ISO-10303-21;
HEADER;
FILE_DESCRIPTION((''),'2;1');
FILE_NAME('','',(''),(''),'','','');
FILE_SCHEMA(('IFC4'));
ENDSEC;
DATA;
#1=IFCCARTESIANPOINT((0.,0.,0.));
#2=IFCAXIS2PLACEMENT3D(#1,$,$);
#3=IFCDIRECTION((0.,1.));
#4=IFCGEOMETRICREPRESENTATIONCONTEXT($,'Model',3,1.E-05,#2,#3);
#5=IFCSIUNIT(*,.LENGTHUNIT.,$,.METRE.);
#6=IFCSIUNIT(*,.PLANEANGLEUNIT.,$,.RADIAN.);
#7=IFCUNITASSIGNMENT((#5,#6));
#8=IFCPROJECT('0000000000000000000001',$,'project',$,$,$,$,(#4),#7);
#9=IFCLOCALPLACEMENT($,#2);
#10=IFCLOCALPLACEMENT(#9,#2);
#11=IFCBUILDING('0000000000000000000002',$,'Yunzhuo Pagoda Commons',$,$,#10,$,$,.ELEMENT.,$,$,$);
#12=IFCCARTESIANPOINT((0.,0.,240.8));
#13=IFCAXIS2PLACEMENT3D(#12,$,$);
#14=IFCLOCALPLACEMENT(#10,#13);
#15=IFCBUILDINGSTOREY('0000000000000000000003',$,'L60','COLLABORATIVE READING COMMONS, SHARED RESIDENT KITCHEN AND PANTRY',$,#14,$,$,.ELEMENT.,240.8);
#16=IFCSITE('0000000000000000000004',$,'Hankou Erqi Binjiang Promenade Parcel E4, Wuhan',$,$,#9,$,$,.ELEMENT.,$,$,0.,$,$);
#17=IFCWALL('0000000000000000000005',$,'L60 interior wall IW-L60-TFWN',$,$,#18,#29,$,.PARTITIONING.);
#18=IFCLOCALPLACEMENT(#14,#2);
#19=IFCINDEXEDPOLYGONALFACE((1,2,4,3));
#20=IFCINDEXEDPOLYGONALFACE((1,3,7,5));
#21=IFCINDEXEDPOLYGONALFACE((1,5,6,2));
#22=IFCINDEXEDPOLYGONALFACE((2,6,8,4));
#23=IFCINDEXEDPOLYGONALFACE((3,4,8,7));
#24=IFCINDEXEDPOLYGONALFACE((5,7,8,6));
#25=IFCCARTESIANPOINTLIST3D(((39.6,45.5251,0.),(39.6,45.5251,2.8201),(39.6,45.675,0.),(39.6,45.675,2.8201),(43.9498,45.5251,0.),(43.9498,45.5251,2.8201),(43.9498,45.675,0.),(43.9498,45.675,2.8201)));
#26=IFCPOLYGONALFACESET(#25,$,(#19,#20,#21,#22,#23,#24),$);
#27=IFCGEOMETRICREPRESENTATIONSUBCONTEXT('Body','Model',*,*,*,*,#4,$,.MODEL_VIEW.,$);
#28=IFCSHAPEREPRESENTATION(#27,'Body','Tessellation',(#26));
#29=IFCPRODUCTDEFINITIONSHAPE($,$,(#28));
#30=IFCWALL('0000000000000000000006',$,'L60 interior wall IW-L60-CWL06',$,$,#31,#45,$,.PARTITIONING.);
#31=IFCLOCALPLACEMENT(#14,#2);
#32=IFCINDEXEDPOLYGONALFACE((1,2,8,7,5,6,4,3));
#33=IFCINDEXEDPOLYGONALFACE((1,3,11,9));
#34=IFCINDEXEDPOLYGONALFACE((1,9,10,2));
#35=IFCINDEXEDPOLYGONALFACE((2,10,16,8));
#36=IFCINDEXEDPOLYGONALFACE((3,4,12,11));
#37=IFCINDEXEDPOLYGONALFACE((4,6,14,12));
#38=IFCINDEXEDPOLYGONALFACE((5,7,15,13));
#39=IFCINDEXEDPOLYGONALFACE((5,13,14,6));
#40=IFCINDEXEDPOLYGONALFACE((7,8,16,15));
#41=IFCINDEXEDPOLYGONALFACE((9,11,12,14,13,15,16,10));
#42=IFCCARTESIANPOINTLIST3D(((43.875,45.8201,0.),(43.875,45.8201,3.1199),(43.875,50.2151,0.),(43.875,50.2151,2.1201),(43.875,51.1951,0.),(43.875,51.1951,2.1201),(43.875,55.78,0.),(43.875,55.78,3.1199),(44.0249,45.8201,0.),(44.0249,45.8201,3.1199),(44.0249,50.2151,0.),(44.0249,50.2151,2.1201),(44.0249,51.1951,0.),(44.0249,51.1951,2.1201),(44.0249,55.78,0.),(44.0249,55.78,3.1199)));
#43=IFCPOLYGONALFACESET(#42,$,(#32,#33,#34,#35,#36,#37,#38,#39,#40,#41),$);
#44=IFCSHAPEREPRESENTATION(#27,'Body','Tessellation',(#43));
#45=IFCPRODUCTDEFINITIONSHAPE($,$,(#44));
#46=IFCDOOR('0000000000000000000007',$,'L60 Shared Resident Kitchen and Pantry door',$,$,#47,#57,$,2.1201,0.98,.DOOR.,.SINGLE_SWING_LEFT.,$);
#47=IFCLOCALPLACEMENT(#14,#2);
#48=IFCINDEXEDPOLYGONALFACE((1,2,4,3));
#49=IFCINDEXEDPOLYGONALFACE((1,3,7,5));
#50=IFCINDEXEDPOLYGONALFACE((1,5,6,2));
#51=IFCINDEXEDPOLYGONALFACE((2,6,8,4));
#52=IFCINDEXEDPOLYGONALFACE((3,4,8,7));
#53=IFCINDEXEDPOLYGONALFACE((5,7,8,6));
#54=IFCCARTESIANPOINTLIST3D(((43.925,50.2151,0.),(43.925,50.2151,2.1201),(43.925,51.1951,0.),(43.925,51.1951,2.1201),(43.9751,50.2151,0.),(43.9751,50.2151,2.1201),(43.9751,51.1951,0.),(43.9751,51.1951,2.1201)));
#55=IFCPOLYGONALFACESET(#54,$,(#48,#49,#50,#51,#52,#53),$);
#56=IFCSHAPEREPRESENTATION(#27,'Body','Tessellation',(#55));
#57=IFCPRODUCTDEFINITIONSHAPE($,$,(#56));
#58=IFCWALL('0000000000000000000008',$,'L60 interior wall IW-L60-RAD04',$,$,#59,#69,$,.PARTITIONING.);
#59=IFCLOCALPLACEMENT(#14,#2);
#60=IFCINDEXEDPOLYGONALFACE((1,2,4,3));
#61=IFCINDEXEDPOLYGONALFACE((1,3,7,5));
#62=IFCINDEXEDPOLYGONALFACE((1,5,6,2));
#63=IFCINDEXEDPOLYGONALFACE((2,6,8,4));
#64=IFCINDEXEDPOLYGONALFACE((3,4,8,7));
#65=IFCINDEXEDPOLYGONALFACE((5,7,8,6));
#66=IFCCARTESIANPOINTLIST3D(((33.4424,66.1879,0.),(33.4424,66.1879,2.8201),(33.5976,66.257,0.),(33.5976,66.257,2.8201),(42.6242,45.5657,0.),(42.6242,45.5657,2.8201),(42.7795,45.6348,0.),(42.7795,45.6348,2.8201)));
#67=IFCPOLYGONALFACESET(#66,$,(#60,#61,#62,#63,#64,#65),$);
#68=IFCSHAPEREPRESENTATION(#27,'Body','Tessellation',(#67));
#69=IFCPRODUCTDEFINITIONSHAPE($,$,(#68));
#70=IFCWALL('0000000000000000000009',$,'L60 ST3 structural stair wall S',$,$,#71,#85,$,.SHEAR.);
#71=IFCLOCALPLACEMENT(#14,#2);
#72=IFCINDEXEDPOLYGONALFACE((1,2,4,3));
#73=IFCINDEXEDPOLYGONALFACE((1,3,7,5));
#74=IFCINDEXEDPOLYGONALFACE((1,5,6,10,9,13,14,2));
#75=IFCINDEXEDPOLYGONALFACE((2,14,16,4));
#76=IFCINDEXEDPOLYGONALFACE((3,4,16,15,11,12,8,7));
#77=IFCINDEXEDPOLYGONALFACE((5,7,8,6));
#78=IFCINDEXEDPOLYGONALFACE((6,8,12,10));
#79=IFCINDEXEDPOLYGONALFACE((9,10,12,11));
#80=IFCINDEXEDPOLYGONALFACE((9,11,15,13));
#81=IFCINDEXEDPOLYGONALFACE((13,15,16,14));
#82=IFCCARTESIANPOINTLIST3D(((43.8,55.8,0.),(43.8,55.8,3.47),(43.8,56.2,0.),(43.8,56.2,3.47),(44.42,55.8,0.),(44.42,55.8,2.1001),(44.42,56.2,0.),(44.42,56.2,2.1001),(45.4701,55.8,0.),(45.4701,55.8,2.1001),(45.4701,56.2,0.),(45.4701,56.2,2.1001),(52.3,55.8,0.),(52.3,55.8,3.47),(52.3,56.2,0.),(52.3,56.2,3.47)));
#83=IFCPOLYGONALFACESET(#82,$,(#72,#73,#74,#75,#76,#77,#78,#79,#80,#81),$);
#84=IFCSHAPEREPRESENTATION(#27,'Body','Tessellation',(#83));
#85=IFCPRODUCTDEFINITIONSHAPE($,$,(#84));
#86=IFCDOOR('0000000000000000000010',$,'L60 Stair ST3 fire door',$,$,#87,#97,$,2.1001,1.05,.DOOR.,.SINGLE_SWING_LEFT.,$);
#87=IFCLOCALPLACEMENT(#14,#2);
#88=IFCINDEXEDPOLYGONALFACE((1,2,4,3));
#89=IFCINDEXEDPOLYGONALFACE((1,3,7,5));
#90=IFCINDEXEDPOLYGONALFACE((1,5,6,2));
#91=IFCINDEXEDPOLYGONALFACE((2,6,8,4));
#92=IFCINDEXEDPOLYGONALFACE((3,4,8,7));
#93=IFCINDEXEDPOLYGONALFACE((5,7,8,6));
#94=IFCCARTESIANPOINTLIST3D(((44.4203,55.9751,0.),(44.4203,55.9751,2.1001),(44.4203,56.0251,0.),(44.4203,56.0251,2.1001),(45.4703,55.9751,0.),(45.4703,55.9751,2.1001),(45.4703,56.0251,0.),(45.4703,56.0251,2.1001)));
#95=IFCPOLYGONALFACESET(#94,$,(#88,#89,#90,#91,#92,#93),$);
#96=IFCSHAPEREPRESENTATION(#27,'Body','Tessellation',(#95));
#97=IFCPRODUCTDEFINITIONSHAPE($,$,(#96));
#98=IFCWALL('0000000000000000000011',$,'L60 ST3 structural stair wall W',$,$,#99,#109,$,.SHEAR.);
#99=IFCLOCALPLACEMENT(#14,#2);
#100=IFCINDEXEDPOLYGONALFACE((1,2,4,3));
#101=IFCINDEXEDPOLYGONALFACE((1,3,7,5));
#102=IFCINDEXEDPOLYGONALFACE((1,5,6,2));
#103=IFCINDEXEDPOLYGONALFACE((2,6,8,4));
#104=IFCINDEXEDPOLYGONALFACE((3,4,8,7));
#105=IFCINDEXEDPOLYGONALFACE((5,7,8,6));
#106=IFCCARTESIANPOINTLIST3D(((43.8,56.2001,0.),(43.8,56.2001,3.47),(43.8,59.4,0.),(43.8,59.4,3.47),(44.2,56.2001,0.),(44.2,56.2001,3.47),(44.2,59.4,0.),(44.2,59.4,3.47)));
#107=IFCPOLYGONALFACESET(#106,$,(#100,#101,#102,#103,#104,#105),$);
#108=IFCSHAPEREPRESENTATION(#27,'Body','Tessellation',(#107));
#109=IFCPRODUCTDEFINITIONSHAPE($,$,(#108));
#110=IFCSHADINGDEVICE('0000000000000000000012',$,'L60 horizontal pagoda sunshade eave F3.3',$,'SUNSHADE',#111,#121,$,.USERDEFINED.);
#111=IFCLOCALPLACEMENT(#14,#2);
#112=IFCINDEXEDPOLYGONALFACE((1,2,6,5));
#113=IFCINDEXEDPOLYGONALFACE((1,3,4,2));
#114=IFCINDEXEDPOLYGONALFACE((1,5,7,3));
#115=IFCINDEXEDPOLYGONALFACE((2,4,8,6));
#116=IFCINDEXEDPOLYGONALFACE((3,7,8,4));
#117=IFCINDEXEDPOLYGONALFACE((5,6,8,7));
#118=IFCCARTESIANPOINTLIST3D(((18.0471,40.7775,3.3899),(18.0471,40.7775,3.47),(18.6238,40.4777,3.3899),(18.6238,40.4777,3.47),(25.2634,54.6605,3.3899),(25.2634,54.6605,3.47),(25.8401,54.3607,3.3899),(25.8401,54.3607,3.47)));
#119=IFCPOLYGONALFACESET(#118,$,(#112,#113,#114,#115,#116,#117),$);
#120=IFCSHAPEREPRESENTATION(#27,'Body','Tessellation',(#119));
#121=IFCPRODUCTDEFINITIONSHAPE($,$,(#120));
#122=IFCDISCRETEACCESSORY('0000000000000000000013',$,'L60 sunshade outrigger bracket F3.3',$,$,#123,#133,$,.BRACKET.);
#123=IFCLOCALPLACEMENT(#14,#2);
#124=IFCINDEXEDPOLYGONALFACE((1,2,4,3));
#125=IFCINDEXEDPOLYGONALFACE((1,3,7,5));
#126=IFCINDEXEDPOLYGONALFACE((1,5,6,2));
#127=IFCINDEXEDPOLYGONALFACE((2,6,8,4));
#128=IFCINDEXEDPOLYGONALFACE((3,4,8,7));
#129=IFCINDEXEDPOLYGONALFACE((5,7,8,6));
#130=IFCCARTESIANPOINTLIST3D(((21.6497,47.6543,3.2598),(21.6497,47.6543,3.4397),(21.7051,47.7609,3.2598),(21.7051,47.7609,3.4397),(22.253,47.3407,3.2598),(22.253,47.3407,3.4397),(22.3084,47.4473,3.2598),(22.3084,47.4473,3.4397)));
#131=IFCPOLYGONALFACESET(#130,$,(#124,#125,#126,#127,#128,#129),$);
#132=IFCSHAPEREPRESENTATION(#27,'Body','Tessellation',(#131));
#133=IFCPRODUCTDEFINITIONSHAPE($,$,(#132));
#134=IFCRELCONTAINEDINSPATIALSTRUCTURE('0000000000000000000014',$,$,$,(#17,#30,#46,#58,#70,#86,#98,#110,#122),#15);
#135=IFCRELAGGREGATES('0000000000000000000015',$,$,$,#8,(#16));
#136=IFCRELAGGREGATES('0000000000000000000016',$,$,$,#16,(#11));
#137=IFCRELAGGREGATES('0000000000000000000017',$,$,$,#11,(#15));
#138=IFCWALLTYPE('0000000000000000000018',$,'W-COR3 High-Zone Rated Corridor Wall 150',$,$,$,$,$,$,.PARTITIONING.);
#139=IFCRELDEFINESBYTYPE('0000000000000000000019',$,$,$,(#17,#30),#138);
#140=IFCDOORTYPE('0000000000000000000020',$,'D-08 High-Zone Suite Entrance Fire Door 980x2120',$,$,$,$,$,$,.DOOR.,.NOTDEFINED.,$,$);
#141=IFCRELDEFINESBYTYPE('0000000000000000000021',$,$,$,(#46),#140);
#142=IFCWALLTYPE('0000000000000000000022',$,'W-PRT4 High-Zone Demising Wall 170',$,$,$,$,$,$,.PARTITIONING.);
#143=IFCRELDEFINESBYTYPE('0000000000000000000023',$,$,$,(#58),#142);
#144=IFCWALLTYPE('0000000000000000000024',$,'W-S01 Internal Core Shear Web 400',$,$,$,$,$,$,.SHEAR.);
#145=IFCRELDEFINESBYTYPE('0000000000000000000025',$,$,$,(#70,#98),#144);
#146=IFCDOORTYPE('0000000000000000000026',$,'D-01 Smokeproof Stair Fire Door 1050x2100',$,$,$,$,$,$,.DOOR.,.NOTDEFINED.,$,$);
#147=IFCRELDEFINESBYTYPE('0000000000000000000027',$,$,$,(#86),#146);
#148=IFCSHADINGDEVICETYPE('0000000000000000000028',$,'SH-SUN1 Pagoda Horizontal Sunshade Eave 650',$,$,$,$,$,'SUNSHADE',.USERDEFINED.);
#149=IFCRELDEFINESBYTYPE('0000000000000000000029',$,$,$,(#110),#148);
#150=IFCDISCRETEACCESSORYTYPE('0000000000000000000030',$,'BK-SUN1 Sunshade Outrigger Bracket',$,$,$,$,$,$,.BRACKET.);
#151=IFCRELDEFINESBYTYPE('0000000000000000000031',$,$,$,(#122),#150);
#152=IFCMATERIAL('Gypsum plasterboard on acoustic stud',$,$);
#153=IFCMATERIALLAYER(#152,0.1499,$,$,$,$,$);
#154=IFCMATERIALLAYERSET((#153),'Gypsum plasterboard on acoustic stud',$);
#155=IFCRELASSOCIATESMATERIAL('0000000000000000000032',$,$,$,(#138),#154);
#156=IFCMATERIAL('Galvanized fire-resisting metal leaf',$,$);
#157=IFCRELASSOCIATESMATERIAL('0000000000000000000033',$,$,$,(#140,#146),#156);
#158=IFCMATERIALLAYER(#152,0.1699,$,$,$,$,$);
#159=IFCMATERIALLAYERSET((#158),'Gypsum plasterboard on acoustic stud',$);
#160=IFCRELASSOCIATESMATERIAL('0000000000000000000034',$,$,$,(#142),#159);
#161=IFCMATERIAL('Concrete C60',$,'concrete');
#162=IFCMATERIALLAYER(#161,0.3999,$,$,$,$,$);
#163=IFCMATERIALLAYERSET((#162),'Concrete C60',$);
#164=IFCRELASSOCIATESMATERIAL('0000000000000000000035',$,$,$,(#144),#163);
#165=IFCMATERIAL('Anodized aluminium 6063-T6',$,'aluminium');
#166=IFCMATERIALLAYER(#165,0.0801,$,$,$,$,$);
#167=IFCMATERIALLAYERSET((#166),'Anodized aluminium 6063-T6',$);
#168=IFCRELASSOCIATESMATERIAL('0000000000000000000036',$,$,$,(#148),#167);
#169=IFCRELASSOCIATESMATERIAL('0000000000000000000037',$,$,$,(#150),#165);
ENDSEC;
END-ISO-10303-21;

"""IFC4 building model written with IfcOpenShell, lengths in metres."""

from ifc_helpers import new_model, si_unit, direction, frame, frame_2d, origin, origin_with_axes, origin_2d, place, context, subcontext, project, spatial, rectangle, extrude, source, transform, mapped, material, layer, layer_set, type_object, element, fill, save


model = new_model("IFC4")

# Units and contexts
model_context = context("Model", 3, precision=1e-05, world=origin(), true_north=direction((0.0, 1.0)))
body_context = subcontext(model_context, "Body", "Model", "MODEL_VIEW")
ifc_project = project(units=[si_unit("LENGTHUNIT", "METRE"), si_unit("PLANEANGLEUNIT", "RADIAN")], contexts=[model_context])

# Site, building, storey
site_placement = place(None, origin())
site = spatial("IfcSite", under=ifc_project, at=site_placement, Name="Hankou Erqi Binjiang Promenade Parcel E4, Wuhan", CompositionType="ELEMENT", RefElevation=0.0)
building_placement = place(site_placement, origin())
building = spatial("IfcBuilding", under=site, at=building_placement, Name="Yunzhuo Pagoda Commons", CompositionType="ELEMENT")
storey_placement = place(building_placement, frame((0.0, 0.0, 240.8)))
storey = spatial("IfcBuildingStorey", under=building, at=storey_placement, Name="L60", Description="COLLABORATIVE READING COMMONS, SHARED RESIDENT KITCHEN AND PANTRY", CompositionType="ELEMENT", Elevation=240.8)

# Shared definitions
ifc_material_1 = material(Name="Anodized aluminium 6063-T6", Category="aluminium")

# Wall
ifc_material_2 = material(Name="Gypsum plasterboard on acoustic stud")
ifc_layer_1 = layer(ifc_material_2, 0.1499)
ifc_layer_set_1 = layer_set([ifc_layer_1], Name="Gypsum plasterboard on acoustic stud")
wall_type_1 = type_object("IfcWallType", Name="W-COR3 High-Zone Rated Corridor Wall 150", PredefinedType="PARTITIONING", material=ifc_layer_set_1)
wall_1_placement = place(storey_placement, frame((39.6001, 45.6001, 0.0), z_axis=(0.0, 0.0, 1.0), x_axis=(1.0, 0.0, 0.0)))
element("IfcWall", 1, at=wall_1_placement, inside=storey, type_object=wall_type_1, Name="L60 interior wall IW-L60-TFWN", PredefinedType="PARTITIONING", context=body_context, shape_type="SweptSolid", body=[
    extrude(rectangle(XDim=4.3499, YDim=0.1499, at=frame_2d((2.1748, 0.0))), origin(), (0.0, 0.0, 1.0), 2.8201),
])

# Wall, opening, door
wall_2_placement = place(storey_placement, frame((43.95, 45.8201, 0.0), z_axis=(0.0, 0.0, 1.0), x_axis=(0.0, 1.0, 0.0)))
wall_2 = element("IfcWall", 2, at=wall_2_placement, inside=storey, type_object=wall_type_1, Name="L60 interior wall IW-L60-CWL06", PredefinedType="PARTITIONING", context=body_context, shape_type="SweptSolid", body=[
    extrude(rectangle(XDim=9.96, YDim=0.1499, at=frame_2d((4.98, 0.0))), origin(), (0.0, 0.0, 1.0), 3.1199),
])
opening_1_placement = place(wall_2_placement, frame((4.395, 0.0, 0.0)))
opening_1 = element("IfcOpeningElement", 3, at=opening_1_placement, cuts=wall_2, PredefinedType="OPENING", context=body_context, shape_type="SweptSolid", body=[
    extrude(rectangle(XDim=0.98, YDim=2.1201, at=frame_2d((0.49, 1.0601))), frame((0.0, 0.085, 0.0), z_axis=(0.0, -1.0, 0.0), x_axis=(1.0, 0.0, 0.0)), (0.0, 0.0, 1.0), 0.1699),
])
ifc_material_3 = material(Name="Galvanized fire-resisting metal leaf")
door_type_1 = type_object("IfcDoorType", Name="D-08 High-Zone Suite Entrance Fire Door 980x2120", OperationType="NOTDEFINED", PredefinedType="DOOR", material=ifc_material_3)
shared_shape_1 = source(origin(), body_context, "Body", "SweptSolid", [
    extrude(rectangle(XDim=0.98, YDim=2.1201, at=frame_2d((0.49, 1.0601))), frame((0.0, 0.0249, 0.0), z_axis=(0.0, -1.0, 0.0), x_axis=(1.0, 0.0, 0.0)), (0.0, 0.0, 1.0), 0.05),
])
door_1_placement = place(opening_1_placement, origin_with_axes())
door_1 = element("IfcDoor", 4, at=door_1_placement, inside=storey, type_object=door_type_1, Name="L60 Shared Resident Kitchen and Pantry door", OperationType="SINGLE_SWING_LEFT", OverallHeight=2.1201, OverallWidth=0.98, PredefinedType="DOOR", context=body_context, shape_type="MappedRepresentation", body=[
    mapped(shared_shape_1, transform((0.0, 0.0, 0.0), scale=1.0)),
])
fill(opening_1, door_1)

# Wall
ifc_layer_2 = layer(ifc_material_2, 0.1699)
ifc_layer_set_2 = layer_set([ifc_layer_2], Name="Gypsum plasterboard on acoustic stud")
wall_type_2 = type_object("IfcWallType", Name="W-PRT4 High-Zone Demising Wall 170", PredefinedType="PARTITIONING", material=ifc_layer_set_2)
wall_3_placement = place(storey_placement, frame((42.7019, 45.6001, 0.0), z_axis=(0.0, 0.0, 1.0), x_axis=(-0.406745, 0.913542, 0.0)))
element("IfcWall", 5, at=wall_3_placement, inside=storey, type_object=wall_type_2, Name="L60 interior wall IW-L60-RAD04", PredefinedType="PARTITIONING", context=body_context, shape_type="SweptSolid", body=[
    extrude(rectangle(XDim=22.574, YDim=0.1699, at=frame_2d((11.2871, 0.0))), origin(), (0.0, 0.0, 1.0), 2.8201),
])

# Wall, opening, door
ifc_material_4 = material(Name="Concrete C60", Category="concrete")
ifc_layer_3 = layer(ifc_material_4, 0.3999)
ifc_layer_set_3 = layer_set([ifc_layer_3], Name="Concrete C60")
wall_type_3 = type_object("IfcWallType", Name="W-S01 Internal Core Shear Web 400", PredefinedType="SHEAR", material=ifc_layer_set_3)
wall_4_placement = place(storey_placement, frame((43.8, 56.0, 0.0), z_axis=(0.0, 0.0, 1.0), x_axis=(1.0, 0.0, 0.0)))
wall_4 = element("IfcWall", 6, at=wall_4_placement, inside=storey, type_object=wall_type_3, Name="L60 ST3 structural stair wall S", PredefinedType="SHEAR", context=body_context, shape_type="SweptSolid", body=[
    extrude(rectangle(XDim=8.5, YDim=0.3999, at=frame_2d((4.25, 0.0))), origin(), (0.0, 0.0, 1.0), 3.47),
])
opening_2_placement = place(wall_4_placement, frame((0.6201, 0.0, 0.0)))
opening_2 = element("IfcOpeningElement", 7, at=opening_2_placement, cuts=wall_4, PredefinedType="OPENING", context=body_context, shape_type="SweptSolid", body=[
    extrude(rectangle(XDim=1.05, YDim=2.1001, at=frame_2d((0.5249, 1.05))), frame((0.0, 0.21, 0.0), z_axis=(0.0, -1.0, 0.0), x_axis=(1.0, 0.0, 0.0)), (0.0, 0.0, 1.0), 0.4199),
])
door_type_2 = type_object("IfcDoorType", Name="D-01 Smokeproof Stair Fire Door 1050x2100", OperationType="NOTDEFINED", PredefinedType="DOOR", material=ifc_material_3)
shared_shape_2 = source(origin(), body_context, "Body", "SweptSolid", [
    extrude(rectangle(XDim=1.05, YDim=2.1001, at=frame_2d((0.5249, 1.05))), frame((0.0, 0.0249, 0.0), z_axis=(0.0, -1.0, 0.0), x_axis=(1.0, 0.0, 0.0)), (0.0, 0.0, 1.0), 0.05),
])
door_2_placement = place(opening_2_placement, frame((1.05, 0.0, 0.0), z_axis=(0.0, 0.0, 1.0), x_axis=(-1.0, 0.0, 0.0)))
door_2 = element("IfcDoor", 8, at=door_2_placement, inside=storey, type_object=door_type_2, Name="L60 Stair ST3 fire door", OperationType="SINGLE_SWING_LEFT", OverallHeight=2.1001, OverallWidth=1.05, PredefinedType="DOOR", context=body_context, shape_type="MappedRepresentation", body=[
    mapped(shared_shape_2, transform((0.0, 0.0, 0.0), scale=1.0)),
])
fill(opening_2, door_2)

# Wall
wall_5_placement = place(storey_placement, frame((44.0, 56.2, 0.0), z_axis=(0.0, 0.0, 1.0), x_axis=(0.0, 1.0, 0.0)))
element("IfcWall", 9, at=wall_5_placement, inside=storey, type_object=wall_type_3, Name="L60 ST3 structural stair wall W", PredefinedType="SHEAR", context=body_context, shape_type="SweptSolid", body=[
    extrude(rectangle(XDim=3.2, YDim=0.3999, at=frame_2d((1.6001, 0.0))), origin(), (0.0, 0.0, 1.0), 3.47),
])

# Shading device
ifc_layer_4 = layer(ifc_material_1, 0.0801)
ifc_layer_set_4 = layer_set([ifc_layer_4], Name="Anodized aluminium 6063-T6")
shading_device_type = type_object("IfcShadingDeviceType", Name="SH-SUN1 Pagoda Horizontal Sunshade Eave 650", ElementType="SUNSHADE", PredefinedType="USERDEFINED", material=ifc_layer_set_4)
shared_shape_3 = source(origin(), body_context, "Body", "SweptSolid", [
    extrude(rectangle(XDim=15.6465, YDim=0.6499, at=origin_2d()), origin(), (0.0, 0.0, 1.0), 0.0801),
])
shading_device_placement = place(storey_placement, frame((21.9436, 47.5691, 3.3899), z_axis=(0.0, 0.0, 1.0), x_axis=(-0.461207, -0.887293, 0.0)))
element("IfcShadingDevice", 10, at=shading_device_placement, inside=storey, type_object=shading_device_type, Name="L60 horizontal pagoda sunshade eave F3.3", ObjectType="SUNSHADE", PredefinedType="USERDEFINED", context=body_context, shape_type="MappedRepresentation", body=[
    mapped(shared_shape_3, transform((0.0, 0.0, 0.0), scale=1.0)),
])

# Discrete accessory
discrete_accessory_type = type_object("IfcDiscreteAccessoryType", Name="BK-SUN1 Sunshade Outrigger Bracket", PredefinedType="BRACKET", material=ifc_material_1)
shared_shape_4 = source(origin(), body_context, "Body", "SweptSolid", [
    extrude(rectangle(XDim=0.1201, YDim=0.6799, at=origin_2d()), origin(), (0.0, 0.0, 1.0), 0.1799),
])
discrete_accessory_placement = place(storey_placement, frame((21.979, 47.5508, 3.2598), z_axis=(0.0, 0.0, 1.0), x_axis=(-0.461207, -0.887293, 0.0)))
element("IfcDiscreteAccessory", 11, at=discrete_accessory_placement, inside=storey, type_object=discrete_accessory_type, Name="L60 sunshade outrigger bracket F3.3", PredefinedType="BRACKET", context=body_context, shape_type="MappedRepresentation", body=[
    mapped(shared_shape_4, transform((0.0, 0.0, 0.0), scale=1.0)),
])

save(model, "model.ifc")
